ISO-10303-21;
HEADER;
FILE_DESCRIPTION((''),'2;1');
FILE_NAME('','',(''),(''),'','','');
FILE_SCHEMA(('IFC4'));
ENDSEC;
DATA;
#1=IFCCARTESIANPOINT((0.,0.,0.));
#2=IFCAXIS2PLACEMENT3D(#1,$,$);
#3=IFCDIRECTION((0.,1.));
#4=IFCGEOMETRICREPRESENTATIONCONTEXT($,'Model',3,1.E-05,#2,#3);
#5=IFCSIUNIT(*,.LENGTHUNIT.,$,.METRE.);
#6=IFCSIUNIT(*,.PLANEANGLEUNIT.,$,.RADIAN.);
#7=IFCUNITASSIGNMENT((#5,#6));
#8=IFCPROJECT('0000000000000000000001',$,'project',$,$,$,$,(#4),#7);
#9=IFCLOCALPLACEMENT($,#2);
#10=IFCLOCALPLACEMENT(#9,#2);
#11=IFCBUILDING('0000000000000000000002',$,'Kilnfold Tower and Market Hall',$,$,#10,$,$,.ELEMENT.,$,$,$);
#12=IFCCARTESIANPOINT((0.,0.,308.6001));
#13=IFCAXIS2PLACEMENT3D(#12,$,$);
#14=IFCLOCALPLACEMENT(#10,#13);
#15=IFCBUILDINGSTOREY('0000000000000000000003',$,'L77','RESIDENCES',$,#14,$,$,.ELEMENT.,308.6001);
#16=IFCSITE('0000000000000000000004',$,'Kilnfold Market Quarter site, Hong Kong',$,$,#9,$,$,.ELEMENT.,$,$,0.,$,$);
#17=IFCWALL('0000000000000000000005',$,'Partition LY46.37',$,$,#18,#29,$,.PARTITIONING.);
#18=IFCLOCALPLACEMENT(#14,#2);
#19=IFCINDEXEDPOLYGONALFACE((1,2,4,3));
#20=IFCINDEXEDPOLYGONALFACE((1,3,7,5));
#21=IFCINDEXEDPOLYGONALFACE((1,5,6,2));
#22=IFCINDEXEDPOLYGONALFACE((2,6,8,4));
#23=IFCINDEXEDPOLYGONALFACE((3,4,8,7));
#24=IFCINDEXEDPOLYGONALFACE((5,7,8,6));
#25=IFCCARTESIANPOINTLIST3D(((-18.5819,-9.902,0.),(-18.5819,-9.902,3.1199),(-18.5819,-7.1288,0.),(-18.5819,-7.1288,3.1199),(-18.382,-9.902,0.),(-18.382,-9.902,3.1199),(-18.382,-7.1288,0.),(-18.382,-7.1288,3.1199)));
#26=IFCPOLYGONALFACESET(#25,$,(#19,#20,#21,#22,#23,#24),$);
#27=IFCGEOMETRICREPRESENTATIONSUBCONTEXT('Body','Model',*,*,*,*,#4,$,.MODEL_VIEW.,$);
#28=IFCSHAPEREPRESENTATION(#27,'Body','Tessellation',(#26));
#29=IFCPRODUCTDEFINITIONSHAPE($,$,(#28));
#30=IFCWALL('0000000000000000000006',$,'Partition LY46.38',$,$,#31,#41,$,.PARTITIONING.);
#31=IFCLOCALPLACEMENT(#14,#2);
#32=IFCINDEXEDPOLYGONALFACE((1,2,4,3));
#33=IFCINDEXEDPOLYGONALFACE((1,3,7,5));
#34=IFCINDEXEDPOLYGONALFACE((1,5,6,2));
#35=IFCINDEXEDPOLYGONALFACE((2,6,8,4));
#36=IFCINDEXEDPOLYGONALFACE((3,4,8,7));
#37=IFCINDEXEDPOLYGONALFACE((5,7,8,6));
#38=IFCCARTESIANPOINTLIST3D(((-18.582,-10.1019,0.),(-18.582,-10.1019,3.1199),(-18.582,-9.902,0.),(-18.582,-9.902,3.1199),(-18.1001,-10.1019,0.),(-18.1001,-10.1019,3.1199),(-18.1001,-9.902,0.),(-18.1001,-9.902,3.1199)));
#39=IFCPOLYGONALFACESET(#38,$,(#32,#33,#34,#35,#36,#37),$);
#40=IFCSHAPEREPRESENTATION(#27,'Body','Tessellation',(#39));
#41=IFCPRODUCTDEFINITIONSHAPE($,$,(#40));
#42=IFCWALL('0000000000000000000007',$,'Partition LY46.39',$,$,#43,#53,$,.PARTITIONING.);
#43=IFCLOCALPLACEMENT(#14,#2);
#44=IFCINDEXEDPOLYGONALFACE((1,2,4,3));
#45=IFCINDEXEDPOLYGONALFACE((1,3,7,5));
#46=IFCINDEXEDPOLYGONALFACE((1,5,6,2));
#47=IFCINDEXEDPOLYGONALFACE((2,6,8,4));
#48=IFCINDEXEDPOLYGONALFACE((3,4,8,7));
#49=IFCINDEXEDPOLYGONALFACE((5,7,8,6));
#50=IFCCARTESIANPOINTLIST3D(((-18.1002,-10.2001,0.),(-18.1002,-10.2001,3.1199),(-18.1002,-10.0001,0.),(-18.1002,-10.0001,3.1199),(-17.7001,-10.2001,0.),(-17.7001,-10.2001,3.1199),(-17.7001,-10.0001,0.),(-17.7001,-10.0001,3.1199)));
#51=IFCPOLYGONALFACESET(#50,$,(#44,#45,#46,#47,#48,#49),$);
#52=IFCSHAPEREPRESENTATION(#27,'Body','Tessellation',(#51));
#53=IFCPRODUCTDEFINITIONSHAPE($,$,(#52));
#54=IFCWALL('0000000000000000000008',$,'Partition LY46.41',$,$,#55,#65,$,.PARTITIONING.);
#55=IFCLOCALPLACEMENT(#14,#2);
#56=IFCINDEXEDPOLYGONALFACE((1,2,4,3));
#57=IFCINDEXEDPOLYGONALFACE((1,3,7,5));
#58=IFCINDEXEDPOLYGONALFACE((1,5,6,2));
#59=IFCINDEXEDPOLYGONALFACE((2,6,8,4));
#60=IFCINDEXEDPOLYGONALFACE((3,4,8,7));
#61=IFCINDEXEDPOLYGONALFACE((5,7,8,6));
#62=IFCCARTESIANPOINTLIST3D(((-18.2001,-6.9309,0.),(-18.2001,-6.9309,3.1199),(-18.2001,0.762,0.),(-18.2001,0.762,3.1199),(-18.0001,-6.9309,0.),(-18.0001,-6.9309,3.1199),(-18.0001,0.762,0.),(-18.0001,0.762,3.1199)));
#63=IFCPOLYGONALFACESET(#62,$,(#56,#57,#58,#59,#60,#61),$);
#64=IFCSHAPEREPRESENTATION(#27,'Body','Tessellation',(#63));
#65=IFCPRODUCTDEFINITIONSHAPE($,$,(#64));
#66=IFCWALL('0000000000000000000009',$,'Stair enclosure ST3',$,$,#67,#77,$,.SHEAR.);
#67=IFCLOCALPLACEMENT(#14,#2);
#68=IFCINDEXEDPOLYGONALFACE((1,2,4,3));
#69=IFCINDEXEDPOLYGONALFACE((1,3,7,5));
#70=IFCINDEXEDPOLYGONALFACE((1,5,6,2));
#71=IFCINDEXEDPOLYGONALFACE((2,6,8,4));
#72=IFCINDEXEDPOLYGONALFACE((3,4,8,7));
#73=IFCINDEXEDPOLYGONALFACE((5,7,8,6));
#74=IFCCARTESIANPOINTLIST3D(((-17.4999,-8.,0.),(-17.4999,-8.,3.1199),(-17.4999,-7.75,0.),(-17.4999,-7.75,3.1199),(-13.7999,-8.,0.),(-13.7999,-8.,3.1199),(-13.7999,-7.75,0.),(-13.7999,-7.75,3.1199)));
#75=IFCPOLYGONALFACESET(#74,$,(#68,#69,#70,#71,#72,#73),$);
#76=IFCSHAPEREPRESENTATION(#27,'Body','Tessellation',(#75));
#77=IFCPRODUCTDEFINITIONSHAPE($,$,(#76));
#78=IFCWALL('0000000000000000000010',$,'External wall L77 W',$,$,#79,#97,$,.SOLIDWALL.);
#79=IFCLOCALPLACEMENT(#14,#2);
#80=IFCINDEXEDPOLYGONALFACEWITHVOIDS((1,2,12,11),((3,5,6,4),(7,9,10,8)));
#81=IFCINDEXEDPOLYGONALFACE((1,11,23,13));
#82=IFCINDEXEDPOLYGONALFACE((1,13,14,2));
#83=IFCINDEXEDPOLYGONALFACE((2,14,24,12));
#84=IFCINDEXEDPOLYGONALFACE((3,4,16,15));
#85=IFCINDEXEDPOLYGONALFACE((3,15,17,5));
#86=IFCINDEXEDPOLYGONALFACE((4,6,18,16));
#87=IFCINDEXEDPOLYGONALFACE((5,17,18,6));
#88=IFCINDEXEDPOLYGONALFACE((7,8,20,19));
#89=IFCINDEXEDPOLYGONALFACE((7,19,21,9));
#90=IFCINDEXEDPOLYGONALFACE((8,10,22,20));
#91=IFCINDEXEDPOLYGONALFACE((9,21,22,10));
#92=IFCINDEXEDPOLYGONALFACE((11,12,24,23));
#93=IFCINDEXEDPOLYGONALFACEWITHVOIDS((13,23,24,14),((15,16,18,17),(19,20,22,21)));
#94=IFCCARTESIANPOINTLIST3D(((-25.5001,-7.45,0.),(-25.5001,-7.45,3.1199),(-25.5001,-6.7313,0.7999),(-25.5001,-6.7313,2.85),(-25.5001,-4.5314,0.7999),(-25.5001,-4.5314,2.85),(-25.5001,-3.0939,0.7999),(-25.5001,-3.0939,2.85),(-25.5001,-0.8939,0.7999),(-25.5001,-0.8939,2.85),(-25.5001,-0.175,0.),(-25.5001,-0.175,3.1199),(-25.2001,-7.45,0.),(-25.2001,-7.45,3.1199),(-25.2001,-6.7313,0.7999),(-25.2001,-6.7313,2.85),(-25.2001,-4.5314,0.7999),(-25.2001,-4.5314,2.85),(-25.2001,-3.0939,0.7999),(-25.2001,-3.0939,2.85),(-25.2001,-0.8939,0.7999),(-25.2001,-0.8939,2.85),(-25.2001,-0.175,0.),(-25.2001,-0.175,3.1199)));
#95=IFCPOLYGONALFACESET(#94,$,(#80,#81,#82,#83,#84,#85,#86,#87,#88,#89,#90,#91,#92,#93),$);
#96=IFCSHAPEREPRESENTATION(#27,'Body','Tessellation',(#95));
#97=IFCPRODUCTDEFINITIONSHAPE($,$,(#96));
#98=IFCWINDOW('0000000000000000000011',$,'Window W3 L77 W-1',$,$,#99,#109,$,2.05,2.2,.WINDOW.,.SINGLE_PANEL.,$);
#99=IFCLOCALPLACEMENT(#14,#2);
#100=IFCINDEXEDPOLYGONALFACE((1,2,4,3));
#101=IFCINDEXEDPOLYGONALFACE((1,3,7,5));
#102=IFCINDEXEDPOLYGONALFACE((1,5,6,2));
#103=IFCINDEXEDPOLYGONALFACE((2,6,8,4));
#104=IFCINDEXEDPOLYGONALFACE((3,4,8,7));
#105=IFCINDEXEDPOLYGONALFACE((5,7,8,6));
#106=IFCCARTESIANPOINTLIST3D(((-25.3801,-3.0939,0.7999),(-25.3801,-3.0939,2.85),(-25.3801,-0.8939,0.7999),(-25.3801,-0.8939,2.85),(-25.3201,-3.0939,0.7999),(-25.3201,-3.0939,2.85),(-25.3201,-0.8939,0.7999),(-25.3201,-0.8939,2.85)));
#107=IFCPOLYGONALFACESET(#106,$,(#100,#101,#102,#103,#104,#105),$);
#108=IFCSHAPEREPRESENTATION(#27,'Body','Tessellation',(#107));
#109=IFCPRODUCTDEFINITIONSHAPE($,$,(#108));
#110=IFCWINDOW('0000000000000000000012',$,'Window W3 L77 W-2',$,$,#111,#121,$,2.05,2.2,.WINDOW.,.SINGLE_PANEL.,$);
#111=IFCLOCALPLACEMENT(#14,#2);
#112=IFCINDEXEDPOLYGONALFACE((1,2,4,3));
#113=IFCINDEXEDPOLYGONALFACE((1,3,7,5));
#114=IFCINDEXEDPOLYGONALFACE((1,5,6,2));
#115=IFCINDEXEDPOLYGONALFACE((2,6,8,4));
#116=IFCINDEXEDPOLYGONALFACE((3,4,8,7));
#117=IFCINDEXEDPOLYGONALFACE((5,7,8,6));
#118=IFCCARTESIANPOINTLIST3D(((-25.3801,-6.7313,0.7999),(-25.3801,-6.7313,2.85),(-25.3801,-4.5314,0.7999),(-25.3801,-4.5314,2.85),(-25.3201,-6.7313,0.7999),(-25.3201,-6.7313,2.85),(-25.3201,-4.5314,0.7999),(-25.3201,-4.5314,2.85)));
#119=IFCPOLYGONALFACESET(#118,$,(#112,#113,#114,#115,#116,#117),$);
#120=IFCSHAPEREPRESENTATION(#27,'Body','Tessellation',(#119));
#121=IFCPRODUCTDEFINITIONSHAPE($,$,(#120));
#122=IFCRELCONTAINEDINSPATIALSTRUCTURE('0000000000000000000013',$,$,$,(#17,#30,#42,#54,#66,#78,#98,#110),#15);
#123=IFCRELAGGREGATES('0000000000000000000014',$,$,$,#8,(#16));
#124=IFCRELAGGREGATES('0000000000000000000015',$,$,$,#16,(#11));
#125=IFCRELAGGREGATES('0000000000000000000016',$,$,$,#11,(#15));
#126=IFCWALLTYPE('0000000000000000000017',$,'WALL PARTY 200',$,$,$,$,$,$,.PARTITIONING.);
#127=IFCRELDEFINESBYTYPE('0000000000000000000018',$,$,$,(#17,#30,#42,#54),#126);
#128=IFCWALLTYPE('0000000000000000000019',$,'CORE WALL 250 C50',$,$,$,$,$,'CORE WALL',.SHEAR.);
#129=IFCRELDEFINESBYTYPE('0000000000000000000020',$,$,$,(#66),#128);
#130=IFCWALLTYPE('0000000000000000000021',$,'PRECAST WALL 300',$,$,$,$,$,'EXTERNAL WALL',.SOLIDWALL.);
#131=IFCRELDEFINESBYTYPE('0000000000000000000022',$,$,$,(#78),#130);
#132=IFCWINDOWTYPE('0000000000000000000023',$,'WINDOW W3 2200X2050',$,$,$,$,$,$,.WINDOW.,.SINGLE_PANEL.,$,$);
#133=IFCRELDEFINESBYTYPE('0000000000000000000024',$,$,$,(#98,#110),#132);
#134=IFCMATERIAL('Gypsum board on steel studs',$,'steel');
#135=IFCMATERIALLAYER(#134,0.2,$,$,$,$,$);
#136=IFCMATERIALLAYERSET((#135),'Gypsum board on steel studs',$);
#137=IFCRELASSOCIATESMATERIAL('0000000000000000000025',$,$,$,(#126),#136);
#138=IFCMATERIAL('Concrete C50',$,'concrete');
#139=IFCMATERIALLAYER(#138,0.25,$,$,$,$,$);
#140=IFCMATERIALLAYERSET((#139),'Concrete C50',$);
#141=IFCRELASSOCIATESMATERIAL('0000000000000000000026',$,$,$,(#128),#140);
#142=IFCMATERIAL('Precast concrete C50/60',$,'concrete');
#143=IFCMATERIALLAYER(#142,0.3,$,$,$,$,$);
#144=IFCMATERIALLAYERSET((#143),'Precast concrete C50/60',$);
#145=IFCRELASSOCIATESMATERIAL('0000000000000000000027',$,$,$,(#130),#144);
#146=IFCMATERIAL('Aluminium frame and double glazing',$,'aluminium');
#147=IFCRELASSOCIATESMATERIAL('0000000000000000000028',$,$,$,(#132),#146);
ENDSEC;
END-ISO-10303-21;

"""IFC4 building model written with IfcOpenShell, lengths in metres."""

from ifc_helpers import new_model, si_unit, direction, frame, frame_2d, origin, place, context, subcontext, project, spatial, rectangle, extrude, source, transform, mapped, material, layer, layer_set, type_object, element, fill, save


model = new_model("IFC4")

# Units and contexts
model_context = context("Model", 3, precision=1e-05, world=origin(), true_north=direction((0.0, 1.0)))
body_context = subcontext(model_context, "Body", "Model", "MODEL_VIEW")
ifc_project = project(units=[si_unit("LENGTHUNIT", "METRE"), si_unit("PLANEANGLEUNIT", "RADIAN")], contexts=[model_context])

# Site, building, storey
site_placement = place(None, origin())
site = spatial("IfcSite", under=ifc_project, at=site_placement, Name="Kilnfold Market Quarter site, Hong Kong", CompositionType="ELEMENT", RefElevation=0.0)
building_placement = place(site_placement, origin())
building = spatial("IfcBuilding", under=site, at=building_placement, Name="Kilnfold Tower and Market Hall", CompositionType="ELEMENT")
storey_placement = place(building_placement, frame((0.0, 0.0, 308.6001)))
storey = spatial("IfcBuildingStorey", under=building, at=storey_placement, Name="L77", Description="RESIDENCES", CompositionType="ELEMENT", Elevation=308.6001)

# Walls
ifc_material_1 = material(Name="Gypsum board on steel studs", Category="steel")
ifc_layer_1 = layer(ifc_material_1, 0.2)
ifc_layer_set_1 = layer_set([ifc_layer_1], Name="Gypsum board on steel studs")
wall_type_1 = type_object("IfcWallType", Name="WALL PARTY 200", PredefinedType="PARTITIONING", material=ifc_layer_set_1)
wall_1_placement = place(storey_placement, frame((-18.4819, -9.9021, 0.0), z_axis=(0.0, 0.0, 1.0), x_axis=(0.0, 1.0, 0.0)))
element("IfcWall", 1, at=wall_1_placement, inside=storey, type_object=wall_type_1, Name="Partition LY46.37", PredefinedType="PARTITIONING", context=body_context, shape_type="SweptSolid", body=[
    extrude(rectangle(XDim=2.7732, YDim=0.2, at=frame_2d((1.3867, 0.0))), origin(), (0.0, 0.0, 1.0), 3.1199),
])
wall_2_placement = place(storey_placement, frame((-18.1001, -10.002, 0.0), z_axis=(0.0, 0.0, 1.0), x_axis=(-1.0, 0.0, 0.0)))
element("IfcWall", 2, at=wall_2_placement, inside=storey, type_object=wall_type_1, Name="Partition LY46.38", PredefinedType="PARTITIONING", context=body_context, shape_type="SweptSolid", body=[
    extrude(rectangle(XDim=0.4819, YDim=0.2, at=frame_2d((0.241, 0.0))), origin(), (0.0, 0.0, 1.0), 3.1199),
])
wall_3_placement = place(storey_placement, frame((-17.7, -10.1001, 0.0), z_axis=(0.0, 0.0, 1.0), x_axis=(-1.0, 0.0, 0.0)))
element("IfcWall", 3, at=wall_3_placement, inside=storey, type_object=wall_type_1, Name="Partition LY46.39", PredefinedType="PARTITIONING", context=body_context, shape_type="SweptSolid", body=[
    extrude(rectangle(XDim=0.4001, YDim=0.2, at=frame_2d((0.2002, 0.0))), origin(), (0.0, 0.0, 1.0), 3.1199),
])
wall_4_placement = place(storey_placement, frame((-18.1001, -6.9309, 0.0), z_axis=(0.0, 0.0, 1.0), x_axis=(0.0, 1.0, 0.0)))
element("IfcWall", 4, at=wall_4_placement, inside=storey, type_object=wall_type_1, Name="Partition LY46.41", PredefinedType="PARTITIONING", context=body_context, shape_type="SweptSolid", body=[
    extrude(rectangle(XDim=7.6929, YDim=0.2, at=frame_2d((3.8464, 0.0))), origin(), (0.0, 0.0, 1.0), 3.1199),
])
ifc_material_2 = material(Name="Concrete C50", Category="concrete")
ifc_layer_2 = layer(ifc_material_2, 0.25)
ifc_layer_set_2 = layer_set([ifc_layer_2], Name="Concrete C50")
wall_type_2 = type_object("IfcWallType", Name="CORE WALL 250 C50", ElementType="CORE WALL", PredefinedType="SHEAR", material=ifc_layer_set_2)
shared_shape_1 = source(origin(), body_context, "Body", "SweptSolid", [
    extrude(rectangle(XDim=3.7, YDim=0.25, at=frame_2d((1.8501, 0.0))), origin(), (0.0, 0.0, 1.0), 3.1199),
])
wall_5_placement = place(storey_placement, frame((-17.5, -7.875, 0.0), z_axis=(0.0, 0.0, 1.0), x_axis=(1.0, 0.0, 0.0)))
element("IfcWall", 5, at=wall_5_placement, inside=storey, type_object=wall_type_2, Name="Stair enclosure ST3", PredefinedType="SHEAR", context=body_context, shape_type="MappedRepresentation", body=[
    mapped(shared_shape_1, transform((0.0, 0.0, 0.0))),
])

# Wall, openings, windows
ifc_material_3 = material(Name="Precast concrete C50/60", Category="concrete")
ifc_layer_3 = layer(ifc_material_3, 0.3)
ifc_layer_set_3 = layer_set([ifc_layer_3], Name="Precast concrete C50/60")
wall_type_3 = type_object("IfcWallType", Name="PRECAST WALL 300", ElementType="EXTERNAL WALL", PredefinedType="SOLIDWALL", material=ifc_layer_set_3)
shared_shape_2 = source(origin(), body_context, "Body", "SweptSolid", [
    extrude(rectangle(XDim=7.2749, YDim=0.3, at=frame_2d((3.6375, 0.0))), origin(), (0.0, 0.0, 1.0), 3.1199),
])
wall_6_placement = place(storey_placement, frame((-25.3501, -0.175, 0.0), z_axis=(0.0, 0.0, 1.0), x_axis=(0.0, -1.0, 0.0)))
wall_6 = element("IfcWall", 6, at=wall_6_placement, inside=storey, type_object=wall_type_3, Name="External wall L77 W", PredefinedType="SOLIDWALL", context=body_context, shape_type="MappedRepresentation", body=[
    mapped(shared_shape_2, transform((0.0, 0.0, 0.0))),
])
opening_1_placement = place(wall_6_placement, frame((0.7188, 0.0, 0.8)))
opening_1 = element("IfcOpeningElement", 7, at=opening_1_placement, cuts=wall_6, PredefinedType="OPENING", context=body_context, shape_type="SweptSolid", body=[
    extrude(rectangle(XDim=2.2, YDim=2.05, at=frame_2d((1.1001, 1.0249))), frame((0.0, 0.1602, 0.0), z_axis=(0.0, -1.0, 0.0), x_axis=(1.0, 0.0, 0.0)), (0.0, 0.0, 1.0), 0.3201),
])
opening_2_placement = place(wall_6_placement, frame((4.3562, 0.0, 0.8)))
opening_2 = element("IfcOpeningElement", 8, at=opening_2_placement, cuts=wall_6, PredefinedType="OPENING", context=body_context, shape_type="SweptSolid", body=[
    extrude(rectangle(XDim=2.2, YDim=2.05, at=frame_2d((1.1001, 1.0249))), frame((0.0, 0.1602, 0.0), z_axis=(0.0, -1.0, 0.0), x_axis=(1.0, 0.0, 0.0)), (0.0, 0.0, 1.0), 0.3201),
])
ifc_material_4 = material(Name="Aluminium frame and double glazing", Category="aluminium")
window_type = type_object("IfcWindowType", Name="WINDOW W3 2200X2050", PartitioningType="SINGLE_PANEL", PredefinedType="WINDOW", material=ifc_material_4)
window_1_placement = place(opening_1_placement, origin())
window_1 = element("IfcWindow", 9, at=window_1_placement, inside=storey, type_object=window_type, Name="Window W3 L77 W-1", OverallHeight=2.05, OverallWidth=2.2, PartitioningType="SINGLE_PANEL", PredefinedType="WINDOW", context=body_context, shape_type="SweptSolid", body=[
    extrude(rectangle(XDim=2.2, YDim=2.05, at=frame_2d((1.1001, 1.0249))), frame((0.0, 0.03, 0.0), z_axis=(0.0, -1.0, 0.0), x_axis=(1.0, 0.0, 0.0)), (0.0, 0.0, 1.0), 0.0601),
])
fill(opening_1, window_1)
window_2_placement = place(opening_2_placement, origin())
window_2 = element("IfcWindow", 10, at=window_2_placement, inside=storey, type_object=window_type, Name="Window W3 L77 W-2", OverallHeight=2.05, OverallWidth=2.2, PartitioningType="SINGLE_PANEL", PredefinedType="WINDOW", context=body_context, shape_type="SweptSolid", body=[
    extrude(rectangle(XDim=2.2, YDim=2.05, at=frame_2d((1.1001, 1.0249))), frame((0.0, 0.03, 0.0), z_axis=(0.0, -1.0, 0.0), x_axis=(1.0, 0.0, 0.0)), (0.0, 0.0, 1.0), 0.0601),
])
fill(opening_2, window_2)

save(model, "model.ifc")
